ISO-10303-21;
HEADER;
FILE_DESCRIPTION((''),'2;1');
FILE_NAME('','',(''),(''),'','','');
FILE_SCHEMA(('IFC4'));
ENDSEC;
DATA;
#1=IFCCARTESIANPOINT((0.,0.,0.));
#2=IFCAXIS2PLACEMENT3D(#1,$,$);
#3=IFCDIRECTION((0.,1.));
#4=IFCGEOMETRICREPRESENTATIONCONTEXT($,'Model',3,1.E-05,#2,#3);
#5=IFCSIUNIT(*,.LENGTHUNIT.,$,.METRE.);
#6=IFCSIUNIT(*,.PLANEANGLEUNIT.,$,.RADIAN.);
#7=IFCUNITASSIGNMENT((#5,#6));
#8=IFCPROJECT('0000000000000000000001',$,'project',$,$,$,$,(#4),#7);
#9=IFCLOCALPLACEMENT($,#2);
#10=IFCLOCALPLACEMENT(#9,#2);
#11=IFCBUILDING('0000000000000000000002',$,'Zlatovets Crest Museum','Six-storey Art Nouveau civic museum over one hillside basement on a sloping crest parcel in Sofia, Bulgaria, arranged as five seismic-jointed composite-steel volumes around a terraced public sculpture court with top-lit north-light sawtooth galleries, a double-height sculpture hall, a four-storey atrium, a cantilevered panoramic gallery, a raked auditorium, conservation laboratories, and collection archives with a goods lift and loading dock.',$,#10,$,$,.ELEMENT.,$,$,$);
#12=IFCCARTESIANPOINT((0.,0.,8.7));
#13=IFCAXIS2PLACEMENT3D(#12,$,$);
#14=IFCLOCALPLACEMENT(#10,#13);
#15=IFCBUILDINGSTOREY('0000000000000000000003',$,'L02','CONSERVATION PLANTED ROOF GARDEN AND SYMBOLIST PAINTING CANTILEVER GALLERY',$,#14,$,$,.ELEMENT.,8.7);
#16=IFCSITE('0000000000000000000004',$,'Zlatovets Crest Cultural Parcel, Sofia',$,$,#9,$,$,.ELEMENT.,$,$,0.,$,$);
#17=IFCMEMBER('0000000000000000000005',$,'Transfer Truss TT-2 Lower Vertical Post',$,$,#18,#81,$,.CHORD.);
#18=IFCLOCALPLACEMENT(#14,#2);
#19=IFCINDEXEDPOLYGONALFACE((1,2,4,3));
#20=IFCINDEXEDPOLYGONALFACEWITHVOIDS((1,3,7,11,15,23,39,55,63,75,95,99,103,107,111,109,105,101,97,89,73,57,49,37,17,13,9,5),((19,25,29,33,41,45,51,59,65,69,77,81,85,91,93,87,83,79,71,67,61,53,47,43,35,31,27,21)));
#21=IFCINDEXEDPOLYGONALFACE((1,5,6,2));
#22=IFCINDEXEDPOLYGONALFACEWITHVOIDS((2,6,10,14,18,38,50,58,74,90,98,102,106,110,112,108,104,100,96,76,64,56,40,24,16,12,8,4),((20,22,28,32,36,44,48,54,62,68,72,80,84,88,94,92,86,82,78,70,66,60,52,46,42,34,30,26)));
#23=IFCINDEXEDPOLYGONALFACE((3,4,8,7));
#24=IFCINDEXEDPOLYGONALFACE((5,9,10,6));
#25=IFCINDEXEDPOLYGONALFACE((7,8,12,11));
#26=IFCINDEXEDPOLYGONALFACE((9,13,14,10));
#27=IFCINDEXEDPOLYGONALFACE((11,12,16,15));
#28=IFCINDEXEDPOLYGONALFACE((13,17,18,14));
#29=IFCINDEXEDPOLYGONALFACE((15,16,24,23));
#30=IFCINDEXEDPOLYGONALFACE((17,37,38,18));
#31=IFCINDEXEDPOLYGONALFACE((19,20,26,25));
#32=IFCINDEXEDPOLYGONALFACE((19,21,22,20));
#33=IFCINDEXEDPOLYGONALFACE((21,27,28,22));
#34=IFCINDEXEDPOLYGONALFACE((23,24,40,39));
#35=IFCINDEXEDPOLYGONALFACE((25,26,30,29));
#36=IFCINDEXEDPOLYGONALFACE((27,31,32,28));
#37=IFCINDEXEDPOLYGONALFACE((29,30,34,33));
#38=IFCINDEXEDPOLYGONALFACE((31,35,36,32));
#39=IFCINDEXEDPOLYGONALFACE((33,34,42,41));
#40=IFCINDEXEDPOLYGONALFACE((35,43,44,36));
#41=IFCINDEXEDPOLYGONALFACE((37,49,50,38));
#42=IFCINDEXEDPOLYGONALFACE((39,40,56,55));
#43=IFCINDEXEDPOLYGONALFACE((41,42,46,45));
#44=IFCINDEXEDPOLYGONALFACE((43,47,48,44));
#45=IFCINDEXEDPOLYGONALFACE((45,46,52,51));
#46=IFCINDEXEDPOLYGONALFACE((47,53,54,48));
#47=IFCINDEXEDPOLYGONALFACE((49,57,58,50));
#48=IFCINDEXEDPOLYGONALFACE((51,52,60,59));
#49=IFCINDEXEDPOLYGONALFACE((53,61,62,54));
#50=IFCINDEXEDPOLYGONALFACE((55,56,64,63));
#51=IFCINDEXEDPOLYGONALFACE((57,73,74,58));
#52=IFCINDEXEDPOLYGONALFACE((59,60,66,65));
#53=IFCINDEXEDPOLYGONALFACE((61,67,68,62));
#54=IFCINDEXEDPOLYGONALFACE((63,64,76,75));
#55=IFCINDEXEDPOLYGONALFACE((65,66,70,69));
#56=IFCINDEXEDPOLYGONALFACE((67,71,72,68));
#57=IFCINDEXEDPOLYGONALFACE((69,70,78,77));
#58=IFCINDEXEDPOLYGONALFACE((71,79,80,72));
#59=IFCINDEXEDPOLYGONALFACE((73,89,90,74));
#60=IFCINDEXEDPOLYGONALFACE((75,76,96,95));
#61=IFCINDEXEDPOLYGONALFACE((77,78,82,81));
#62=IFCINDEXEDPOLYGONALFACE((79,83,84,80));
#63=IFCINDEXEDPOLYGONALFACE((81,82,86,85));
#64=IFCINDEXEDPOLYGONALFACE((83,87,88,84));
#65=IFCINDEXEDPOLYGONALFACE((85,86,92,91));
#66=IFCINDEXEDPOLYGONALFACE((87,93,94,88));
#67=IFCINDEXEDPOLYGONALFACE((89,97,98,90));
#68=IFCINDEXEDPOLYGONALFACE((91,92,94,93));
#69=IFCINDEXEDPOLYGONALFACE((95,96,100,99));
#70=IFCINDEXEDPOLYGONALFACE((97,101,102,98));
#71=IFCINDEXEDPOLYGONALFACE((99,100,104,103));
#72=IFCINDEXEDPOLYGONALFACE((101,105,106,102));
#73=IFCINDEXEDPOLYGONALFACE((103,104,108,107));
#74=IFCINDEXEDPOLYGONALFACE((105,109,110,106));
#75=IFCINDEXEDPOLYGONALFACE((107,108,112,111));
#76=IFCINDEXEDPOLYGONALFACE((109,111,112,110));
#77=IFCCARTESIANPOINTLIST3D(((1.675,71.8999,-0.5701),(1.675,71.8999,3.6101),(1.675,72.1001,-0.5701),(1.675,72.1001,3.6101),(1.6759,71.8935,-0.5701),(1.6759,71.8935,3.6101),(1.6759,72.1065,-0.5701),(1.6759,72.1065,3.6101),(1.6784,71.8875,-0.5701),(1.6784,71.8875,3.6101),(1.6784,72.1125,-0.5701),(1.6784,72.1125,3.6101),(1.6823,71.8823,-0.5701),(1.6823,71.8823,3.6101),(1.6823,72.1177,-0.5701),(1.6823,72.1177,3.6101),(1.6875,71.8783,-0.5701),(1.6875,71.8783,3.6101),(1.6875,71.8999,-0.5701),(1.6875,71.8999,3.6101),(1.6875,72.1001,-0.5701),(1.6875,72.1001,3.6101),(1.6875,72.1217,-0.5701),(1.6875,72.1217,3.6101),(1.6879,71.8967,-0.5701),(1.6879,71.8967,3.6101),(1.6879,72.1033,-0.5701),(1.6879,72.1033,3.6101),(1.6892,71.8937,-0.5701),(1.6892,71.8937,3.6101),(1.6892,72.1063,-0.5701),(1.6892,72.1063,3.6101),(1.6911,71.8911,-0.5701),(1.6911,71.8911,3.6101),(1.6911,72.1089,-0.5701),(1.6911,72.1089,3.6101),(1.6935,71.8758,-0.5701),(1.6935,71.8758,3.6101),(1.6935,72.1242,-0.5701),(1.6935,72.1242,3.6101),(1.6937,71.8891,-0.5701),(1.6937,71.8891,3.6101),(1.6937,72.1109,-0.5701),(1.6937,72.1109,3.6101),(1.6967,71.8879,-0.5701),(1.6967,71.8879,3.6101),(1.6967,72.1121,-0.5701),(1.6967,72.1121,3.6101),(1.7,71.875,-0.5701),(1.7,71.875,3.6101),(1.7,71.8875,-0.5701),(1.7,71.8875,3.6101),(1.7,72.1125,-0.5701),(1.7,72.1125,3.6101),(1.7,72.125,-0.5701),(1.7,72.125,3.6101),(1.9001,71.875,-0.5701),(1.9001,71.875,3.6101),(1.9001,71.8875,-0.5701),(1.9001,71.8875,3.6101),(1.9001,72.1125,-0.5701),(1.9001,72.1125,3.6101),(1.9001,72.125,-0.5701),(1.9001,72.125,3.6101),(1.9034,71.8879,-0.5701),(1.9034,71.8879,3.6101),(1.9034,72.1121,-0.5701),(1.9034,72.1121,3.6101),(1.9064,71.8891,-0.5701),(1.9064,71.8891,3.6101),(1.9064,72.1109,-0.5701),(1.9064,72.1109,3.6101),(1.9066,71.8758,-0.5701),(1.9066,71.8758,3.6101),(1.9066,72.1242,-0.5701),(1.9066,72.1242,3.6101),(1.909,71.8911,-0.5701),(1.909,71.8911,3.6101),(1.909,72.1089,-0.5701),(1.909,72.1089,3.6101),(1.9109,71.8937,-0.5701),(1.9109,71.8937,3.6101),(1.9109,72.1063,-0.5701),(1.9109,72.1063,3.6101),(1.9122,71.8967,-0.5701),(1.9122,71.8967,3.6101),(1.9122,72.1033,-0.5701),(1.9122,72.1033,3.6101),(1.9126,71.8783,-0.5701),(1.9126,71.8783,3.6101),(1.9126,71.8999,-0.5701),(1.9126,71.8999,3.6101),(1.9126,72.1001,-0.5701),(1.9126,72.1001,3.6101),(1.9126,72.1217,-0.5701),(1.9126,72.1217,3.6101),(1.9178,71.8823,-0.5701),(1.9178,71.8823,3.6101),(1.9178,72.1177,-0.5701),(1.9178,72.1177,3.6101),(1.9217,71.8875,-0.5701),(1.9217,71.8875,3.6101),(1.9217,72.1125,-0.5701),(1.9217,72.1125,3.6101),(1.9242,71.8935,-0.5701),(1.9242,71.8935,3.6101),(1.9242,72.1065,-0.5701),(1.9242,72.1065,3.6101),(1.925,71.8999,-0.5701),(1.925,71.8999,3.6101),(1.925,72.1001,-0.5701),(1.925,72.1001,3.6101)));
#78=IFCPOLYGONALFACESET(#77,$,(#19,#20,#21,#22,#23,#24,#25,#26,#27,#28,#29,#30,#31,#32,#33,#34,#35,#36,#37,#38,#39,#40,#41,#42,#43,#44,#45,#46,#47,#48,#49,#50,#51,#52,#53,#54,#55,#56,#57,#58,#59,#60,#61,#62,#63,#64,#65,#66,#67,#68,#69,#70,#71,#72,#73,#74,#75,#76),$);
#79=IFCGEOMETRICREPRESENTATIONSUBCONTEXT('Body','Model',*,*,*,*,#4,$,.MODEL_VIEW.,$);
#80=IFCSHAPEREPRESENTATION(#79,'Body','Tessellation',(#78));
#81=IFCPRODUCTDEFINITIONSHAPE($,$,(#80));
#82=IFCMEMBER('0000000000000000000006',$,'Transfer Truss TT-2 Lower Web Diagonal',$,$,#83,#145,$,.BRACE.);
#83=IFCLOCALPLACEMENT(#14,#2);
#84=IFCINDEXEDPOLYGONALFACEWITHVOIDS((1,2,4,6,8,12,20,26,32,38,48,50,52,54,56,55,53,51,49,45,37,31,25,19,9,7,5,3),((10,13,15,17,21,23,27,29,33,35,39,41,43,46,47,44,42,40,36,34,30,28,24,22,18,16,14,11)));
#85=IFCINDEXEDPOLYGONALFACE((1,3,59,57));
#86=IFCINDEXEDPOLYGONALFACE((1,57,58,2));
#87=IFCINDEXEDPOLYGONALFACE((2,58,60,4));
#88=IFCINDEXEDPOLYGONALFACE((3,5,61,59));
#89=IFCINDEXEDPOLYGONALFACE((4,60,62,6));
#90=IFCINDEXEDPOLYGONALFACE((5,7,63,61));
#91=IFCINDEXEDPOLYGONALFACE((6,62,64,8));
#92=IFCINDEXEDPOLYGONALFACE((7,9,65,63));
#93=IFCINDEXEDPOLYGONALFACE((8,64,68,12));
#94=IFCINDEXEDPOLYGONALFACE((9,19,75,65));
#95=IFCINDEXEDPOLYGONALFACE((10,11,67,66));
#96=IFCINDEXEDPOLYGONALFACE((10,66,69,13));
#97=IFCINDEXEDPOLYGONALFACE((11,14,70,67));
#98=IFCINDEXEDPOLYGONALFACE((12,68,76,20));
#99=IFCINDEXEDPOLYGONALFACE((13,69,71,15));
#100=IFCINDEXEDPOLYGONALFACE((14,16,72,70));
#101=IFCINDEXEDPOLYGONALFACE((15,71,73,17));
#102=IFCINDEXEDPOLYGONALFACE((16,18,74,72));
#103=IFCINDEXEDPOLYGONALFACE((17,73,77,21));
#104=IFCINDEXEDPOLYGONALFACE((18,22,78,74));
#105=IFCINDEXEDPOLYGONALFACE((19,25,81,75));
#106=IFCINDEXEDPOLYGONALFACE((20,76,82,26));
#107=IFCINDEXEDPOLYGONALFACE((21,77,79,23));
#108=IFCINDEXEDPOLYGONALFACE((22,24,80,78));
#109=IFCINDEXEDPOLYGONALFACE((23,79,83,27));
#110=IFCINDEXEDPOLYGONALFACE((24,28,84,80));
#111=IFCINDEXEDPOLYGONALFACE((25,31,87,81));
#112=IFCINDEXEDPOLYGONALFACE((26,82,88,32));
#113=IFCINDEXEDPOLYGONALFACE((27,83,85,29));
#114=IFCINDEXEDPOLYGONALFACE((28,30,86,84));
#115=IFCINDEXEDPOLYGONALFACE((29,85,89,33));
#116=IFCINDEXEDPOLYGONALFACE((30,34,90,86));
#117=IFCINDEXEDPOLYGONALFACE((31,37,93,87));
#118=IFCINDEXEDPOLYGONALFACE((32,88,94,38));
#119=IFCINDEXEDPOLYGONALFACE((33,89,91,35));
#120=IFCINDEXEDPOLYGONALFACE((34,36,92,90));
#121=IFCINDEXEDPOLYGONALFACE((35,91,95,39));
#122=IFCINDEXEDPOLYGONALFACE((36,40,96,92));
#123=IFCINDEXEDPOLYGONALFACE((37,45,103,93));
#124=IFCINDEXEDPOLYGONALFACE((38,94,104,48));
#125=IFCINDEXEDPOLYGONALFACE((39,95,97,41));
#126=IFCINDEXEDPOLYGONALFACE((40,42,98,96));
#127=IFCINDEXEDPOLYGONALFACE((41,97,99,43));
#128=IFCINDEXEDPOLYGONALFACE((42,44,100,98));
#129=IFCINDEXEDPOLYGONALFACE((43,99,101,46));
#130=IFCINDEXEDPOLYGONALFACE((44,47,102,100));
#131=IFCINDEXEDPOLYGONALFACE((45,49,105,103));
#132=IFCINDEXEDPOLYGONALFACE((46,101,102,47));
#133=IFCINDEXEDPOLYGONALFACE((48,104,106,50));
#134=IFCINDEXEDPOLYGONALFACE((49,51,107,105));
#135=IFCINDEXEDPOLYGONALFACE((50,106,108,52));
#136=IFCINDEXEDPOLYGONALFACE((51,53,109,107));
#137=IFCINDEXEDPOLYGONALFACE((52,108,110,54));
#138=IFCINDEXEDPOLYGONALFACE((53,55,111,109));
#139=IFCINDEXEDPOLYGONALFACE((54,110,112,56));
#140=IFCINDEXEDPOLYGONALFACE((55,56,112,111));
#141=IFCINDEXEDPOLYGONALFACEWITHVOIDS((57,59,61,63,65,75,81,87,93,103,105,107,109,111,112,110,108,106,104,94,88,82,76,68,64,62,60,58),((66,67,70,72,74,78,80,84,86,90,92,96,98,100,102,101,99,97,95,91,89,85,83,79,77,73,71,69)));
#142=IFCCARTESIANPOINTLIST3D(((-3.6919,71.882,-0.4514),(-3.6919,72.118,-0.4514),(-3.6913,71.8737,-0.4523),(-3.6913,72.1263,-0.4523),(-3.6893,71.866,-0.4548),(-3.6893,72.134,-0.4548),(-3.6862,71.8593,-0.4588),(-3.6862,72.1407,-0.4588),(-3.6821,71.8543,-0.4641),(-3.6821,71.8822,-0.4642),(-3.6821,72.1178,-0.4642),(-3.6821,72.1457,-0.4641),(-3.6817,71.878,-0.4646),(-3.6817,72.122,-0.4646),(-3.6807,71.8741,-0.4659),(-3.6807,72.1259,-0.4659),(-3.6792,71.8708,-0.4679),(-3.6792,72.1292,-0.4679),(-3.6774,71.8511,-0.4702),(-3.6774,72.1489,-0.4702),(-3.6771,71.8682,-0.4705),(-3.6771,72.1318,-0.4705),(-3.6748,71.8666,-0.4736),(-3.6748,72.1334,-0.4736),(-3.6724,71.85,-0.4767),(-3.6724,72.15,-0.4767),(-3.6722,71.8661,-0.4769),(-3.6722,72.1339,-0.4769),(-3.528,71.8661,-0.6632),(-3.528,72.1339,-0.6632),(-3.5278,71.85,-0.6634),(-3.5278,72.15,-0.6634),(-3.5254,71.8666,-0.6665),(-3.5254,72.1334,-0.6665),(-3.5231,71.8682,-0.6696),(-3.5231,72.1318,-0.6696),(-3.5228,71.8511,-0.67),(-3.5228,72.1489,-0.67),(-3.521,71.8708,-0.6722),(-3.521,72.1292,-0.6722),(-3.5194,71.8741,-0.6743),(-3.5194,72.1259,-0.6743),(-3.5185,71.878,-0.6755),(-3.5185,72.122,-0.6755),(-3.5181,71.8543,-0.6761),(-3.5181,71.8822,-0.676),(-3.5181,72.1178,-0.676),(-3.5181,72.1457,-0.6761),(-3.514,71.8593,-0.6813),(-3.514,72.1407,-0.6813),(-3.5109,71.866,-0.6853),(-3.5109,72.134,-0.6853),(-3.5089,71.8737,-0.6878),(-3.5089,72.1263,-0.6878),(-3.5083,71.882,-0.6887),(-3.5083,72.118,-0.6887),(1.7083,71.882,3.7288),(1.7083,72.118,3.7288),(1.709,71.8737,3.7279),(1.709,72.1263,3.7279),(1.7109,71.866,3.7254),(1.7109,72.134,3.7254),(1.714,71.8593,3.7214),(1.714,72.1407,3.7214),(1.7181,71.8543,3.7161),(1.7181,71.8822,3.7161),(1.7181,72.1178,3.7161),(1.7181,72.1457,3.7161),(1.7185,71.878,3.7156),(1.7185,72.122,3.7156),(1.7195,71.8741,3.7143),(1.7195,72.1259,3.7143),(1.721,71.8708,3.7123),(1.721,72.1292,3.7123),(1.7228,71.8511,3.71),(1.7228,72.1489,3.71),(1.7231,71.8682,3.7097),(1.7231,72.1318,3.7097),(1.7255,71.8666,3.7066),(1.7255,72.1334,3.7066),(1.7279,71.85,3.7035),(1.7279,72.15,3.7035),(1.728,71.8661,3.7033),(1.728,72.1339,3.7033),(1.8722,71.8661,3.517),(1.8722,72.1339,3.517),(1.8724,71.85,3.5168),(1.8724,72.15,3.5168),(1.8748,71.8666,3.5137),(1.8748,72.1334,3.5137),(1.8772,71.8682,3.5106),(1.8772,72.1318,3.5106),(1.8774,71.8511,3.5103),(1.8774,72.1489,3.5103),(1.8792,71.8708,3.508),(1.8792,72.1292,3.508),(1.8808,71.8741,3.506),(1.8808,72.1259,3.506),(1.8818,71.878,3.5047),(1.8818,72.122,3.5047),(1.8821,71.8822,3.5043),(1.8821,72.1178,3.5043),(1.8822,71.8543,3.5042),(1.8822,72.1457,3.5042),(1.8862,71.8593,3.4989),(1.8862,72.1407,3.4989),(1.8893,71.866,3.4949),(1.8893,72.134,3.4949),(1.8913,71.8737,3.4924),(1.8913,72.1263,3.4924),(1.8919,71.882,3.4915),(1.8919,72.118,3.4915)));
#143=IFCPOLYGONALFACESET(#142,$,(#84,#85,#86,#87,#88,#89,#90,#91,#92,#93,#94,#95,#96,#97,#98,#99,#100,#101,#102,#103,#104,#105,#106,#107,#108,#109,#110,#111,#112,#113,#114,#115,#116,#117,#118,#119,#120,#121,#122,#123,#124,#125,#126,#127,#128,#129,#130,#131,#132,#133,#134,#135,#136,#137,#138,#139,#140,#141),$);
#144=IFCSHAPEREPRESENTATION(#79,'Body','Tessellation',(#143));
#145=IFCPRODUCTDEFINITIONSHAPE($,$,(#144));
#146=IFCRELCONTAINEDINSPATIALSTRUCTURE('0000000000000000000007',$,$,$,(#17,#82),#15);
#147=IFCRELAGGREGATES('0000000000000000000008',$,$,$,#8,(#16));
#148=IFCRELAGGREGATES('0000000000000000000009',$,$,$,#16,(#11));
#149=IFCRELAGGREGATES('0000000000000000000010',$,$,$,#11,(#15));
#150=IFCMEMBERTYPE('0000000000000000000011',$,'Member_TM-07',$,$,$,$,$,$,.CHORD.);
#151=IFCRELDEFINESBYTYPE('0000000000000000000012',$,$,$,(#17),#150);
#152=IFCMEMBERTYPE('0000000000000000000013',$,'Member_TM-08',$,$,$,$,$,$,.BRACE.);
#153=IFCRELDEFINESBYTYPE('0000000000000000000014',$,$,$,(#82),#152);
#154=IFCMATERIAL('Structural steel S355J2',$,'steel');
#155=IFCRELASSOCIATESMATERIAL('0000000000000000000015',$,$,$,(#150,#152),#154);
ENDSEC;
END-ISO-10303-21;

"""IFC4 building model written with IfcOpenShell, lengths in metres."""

from ifc_helpers import new_model, si_unit, direction, frame, origin, origin_2d, place, context, subcontext, project, spatial, hollow_rectangle, extrude, material, material_profile, profile_set, type_object, element, save


model = new_model("IFC4")

# Units and contexts
model_context = context("Model", 3, precision=1e-05, world=origin(), true_north=direction((0.0, 1.0)))
body_context = subcontext(model_context, "Body", "Model", "MODEL_VIEW")
ifc_project = project(units=[si_unit("LENGTHUNIT", "METRE"), si_unit("PLANEANGLEUNIT", "RADIAN")], contexts=[model_context])

# Site, building, storey
site_placement = place(None, origin())
site = spatial("IfcSite", under=ifc_project, at=site_placement, Name="Zlatovets Crest Cultural Parcel, Sofia", CompositionType="ELEMENT", RefElevation=0.0)
building_placement = place(site_placement, origin())
building = spatial("IfcBuilding", under=site, at=building_placement, Name="Zlatovets Crest Museum", Description="Six-storey Art Nouveau civic museum over one hillside basement on a sloping crest parcel in Sofia, Bulgaria, arranged as five seismic-jointed composite-steel volumes around a terraced public sculpture court with top-lit north-light sawtooth galleries, a double-height sculpture hall, a four-storey atrium, a cantilevered panoramic gallery, a raked auditorium, conservation laboratories, and collection archives with a goods lift and loading dock.", CompositionType="ELEMENT")
storey_placement = place(building_placement, frame((0.0, 0.0, 8.7)))
storey = spatial("IfcBuildingStorey", under=building, at=storey_placement, Name="L02", Description="CONSERVATION PLANTED ROOF GARDEN AND SYMBOLIST PAINTING CANTILEVER GALLERY", CompositionType="ELEMENT", Elevation=8.7)

# Shared definitions
ifc_material_1 = material(Name="Structural steel S355J2", Category="steel")

# Members
ifc_material_profile_1 = material_profile(ifc_material_1, hollow_rectangle(XDim=0.25, YDim=0.25, WallThickness=0.0125, InnerFilletRadius=0.0125, OuterFilletRadius=0.0249, at=origin_2d()), Name="SHS 250x250x12.5")
ifc_profile_set_1 = profile_set([ifc_material_profile_1], Name="Structural steel S355J2")
member_type_1 = type_object("IfcMemberType", Name="Member_TM-07", PredefinedType="CHORD", material=ifc_profile_set_1)
for number, where, z_axis, x_axis, name in (
    (1, (1.8, 72.0, -0.5701), (0.0, 0.0, 1.0), (1.0, 0.0, 0.0), "Transfer Truss TT-2 Lower Vertical Post"),
):
    element("IfcMember", number, at=place(storey_placement, frame(where, z_axis=z_axis, x_axis=x_axis)), inside=storey, type_object=member_type_1, Name=name, PredefinedType="CHORD", context=body_context, shape_type="SweptSolid", body=[
        extrude(hollow_rectangle(XDim=0.25, YDim=0.25, WallThickness=0.0125, InnerFilletRadius=0.0125, OuterFilletRadius=0.0249, at=origin_2d()), origin(), (0.0, 0.0, 1.0), 4.1802),
    ])
ifc_material_profile_2 = material_profile(ifc_material_1, hollow_rectangle(XDim=0.3, YDim=0.3, WallThickness=0.0161, InnerFilletRadius=0.0161, OuterFilletRadius=0.032, at=origin_2d()), Name="SHS 300x300x16.0")
ifc_profile_set_2 = profile_set([ifc_material_profile_2], Name="Structural steel S355J2")
member_type_2 = type_object("IfcMemberType", Name="Member_TM-08", PredefinedType="BRACE", material=ifc_profile_set_2)
member_1_placement = place(storey_placement, frame((-3.6001, 72.0, -0.5701), z_axis=(0.790765, 0.0, 0.61212), x_axis=(0.0, 1.0, 0.0)))
element("IfcMember", 2, at=member_1_placement, inside=storey, type_object=member_type_2, Name="Transfer Truss TT-2 Lower Web Diagonal", PredefinedType="BRACE", context=body_context, shape_type="SweptSolid", body=[
    extrude(hollow_rectangle(XDim=0.3, YDim=0.3, WallThickness=0.0161, InnerFilletRadius=0.0161, OuterFilletRadius=0.032, at=origin_2d()), origin(), (0.0, 0.0, 1.0), 6.8291),
])

save(model, "model.ifc")
